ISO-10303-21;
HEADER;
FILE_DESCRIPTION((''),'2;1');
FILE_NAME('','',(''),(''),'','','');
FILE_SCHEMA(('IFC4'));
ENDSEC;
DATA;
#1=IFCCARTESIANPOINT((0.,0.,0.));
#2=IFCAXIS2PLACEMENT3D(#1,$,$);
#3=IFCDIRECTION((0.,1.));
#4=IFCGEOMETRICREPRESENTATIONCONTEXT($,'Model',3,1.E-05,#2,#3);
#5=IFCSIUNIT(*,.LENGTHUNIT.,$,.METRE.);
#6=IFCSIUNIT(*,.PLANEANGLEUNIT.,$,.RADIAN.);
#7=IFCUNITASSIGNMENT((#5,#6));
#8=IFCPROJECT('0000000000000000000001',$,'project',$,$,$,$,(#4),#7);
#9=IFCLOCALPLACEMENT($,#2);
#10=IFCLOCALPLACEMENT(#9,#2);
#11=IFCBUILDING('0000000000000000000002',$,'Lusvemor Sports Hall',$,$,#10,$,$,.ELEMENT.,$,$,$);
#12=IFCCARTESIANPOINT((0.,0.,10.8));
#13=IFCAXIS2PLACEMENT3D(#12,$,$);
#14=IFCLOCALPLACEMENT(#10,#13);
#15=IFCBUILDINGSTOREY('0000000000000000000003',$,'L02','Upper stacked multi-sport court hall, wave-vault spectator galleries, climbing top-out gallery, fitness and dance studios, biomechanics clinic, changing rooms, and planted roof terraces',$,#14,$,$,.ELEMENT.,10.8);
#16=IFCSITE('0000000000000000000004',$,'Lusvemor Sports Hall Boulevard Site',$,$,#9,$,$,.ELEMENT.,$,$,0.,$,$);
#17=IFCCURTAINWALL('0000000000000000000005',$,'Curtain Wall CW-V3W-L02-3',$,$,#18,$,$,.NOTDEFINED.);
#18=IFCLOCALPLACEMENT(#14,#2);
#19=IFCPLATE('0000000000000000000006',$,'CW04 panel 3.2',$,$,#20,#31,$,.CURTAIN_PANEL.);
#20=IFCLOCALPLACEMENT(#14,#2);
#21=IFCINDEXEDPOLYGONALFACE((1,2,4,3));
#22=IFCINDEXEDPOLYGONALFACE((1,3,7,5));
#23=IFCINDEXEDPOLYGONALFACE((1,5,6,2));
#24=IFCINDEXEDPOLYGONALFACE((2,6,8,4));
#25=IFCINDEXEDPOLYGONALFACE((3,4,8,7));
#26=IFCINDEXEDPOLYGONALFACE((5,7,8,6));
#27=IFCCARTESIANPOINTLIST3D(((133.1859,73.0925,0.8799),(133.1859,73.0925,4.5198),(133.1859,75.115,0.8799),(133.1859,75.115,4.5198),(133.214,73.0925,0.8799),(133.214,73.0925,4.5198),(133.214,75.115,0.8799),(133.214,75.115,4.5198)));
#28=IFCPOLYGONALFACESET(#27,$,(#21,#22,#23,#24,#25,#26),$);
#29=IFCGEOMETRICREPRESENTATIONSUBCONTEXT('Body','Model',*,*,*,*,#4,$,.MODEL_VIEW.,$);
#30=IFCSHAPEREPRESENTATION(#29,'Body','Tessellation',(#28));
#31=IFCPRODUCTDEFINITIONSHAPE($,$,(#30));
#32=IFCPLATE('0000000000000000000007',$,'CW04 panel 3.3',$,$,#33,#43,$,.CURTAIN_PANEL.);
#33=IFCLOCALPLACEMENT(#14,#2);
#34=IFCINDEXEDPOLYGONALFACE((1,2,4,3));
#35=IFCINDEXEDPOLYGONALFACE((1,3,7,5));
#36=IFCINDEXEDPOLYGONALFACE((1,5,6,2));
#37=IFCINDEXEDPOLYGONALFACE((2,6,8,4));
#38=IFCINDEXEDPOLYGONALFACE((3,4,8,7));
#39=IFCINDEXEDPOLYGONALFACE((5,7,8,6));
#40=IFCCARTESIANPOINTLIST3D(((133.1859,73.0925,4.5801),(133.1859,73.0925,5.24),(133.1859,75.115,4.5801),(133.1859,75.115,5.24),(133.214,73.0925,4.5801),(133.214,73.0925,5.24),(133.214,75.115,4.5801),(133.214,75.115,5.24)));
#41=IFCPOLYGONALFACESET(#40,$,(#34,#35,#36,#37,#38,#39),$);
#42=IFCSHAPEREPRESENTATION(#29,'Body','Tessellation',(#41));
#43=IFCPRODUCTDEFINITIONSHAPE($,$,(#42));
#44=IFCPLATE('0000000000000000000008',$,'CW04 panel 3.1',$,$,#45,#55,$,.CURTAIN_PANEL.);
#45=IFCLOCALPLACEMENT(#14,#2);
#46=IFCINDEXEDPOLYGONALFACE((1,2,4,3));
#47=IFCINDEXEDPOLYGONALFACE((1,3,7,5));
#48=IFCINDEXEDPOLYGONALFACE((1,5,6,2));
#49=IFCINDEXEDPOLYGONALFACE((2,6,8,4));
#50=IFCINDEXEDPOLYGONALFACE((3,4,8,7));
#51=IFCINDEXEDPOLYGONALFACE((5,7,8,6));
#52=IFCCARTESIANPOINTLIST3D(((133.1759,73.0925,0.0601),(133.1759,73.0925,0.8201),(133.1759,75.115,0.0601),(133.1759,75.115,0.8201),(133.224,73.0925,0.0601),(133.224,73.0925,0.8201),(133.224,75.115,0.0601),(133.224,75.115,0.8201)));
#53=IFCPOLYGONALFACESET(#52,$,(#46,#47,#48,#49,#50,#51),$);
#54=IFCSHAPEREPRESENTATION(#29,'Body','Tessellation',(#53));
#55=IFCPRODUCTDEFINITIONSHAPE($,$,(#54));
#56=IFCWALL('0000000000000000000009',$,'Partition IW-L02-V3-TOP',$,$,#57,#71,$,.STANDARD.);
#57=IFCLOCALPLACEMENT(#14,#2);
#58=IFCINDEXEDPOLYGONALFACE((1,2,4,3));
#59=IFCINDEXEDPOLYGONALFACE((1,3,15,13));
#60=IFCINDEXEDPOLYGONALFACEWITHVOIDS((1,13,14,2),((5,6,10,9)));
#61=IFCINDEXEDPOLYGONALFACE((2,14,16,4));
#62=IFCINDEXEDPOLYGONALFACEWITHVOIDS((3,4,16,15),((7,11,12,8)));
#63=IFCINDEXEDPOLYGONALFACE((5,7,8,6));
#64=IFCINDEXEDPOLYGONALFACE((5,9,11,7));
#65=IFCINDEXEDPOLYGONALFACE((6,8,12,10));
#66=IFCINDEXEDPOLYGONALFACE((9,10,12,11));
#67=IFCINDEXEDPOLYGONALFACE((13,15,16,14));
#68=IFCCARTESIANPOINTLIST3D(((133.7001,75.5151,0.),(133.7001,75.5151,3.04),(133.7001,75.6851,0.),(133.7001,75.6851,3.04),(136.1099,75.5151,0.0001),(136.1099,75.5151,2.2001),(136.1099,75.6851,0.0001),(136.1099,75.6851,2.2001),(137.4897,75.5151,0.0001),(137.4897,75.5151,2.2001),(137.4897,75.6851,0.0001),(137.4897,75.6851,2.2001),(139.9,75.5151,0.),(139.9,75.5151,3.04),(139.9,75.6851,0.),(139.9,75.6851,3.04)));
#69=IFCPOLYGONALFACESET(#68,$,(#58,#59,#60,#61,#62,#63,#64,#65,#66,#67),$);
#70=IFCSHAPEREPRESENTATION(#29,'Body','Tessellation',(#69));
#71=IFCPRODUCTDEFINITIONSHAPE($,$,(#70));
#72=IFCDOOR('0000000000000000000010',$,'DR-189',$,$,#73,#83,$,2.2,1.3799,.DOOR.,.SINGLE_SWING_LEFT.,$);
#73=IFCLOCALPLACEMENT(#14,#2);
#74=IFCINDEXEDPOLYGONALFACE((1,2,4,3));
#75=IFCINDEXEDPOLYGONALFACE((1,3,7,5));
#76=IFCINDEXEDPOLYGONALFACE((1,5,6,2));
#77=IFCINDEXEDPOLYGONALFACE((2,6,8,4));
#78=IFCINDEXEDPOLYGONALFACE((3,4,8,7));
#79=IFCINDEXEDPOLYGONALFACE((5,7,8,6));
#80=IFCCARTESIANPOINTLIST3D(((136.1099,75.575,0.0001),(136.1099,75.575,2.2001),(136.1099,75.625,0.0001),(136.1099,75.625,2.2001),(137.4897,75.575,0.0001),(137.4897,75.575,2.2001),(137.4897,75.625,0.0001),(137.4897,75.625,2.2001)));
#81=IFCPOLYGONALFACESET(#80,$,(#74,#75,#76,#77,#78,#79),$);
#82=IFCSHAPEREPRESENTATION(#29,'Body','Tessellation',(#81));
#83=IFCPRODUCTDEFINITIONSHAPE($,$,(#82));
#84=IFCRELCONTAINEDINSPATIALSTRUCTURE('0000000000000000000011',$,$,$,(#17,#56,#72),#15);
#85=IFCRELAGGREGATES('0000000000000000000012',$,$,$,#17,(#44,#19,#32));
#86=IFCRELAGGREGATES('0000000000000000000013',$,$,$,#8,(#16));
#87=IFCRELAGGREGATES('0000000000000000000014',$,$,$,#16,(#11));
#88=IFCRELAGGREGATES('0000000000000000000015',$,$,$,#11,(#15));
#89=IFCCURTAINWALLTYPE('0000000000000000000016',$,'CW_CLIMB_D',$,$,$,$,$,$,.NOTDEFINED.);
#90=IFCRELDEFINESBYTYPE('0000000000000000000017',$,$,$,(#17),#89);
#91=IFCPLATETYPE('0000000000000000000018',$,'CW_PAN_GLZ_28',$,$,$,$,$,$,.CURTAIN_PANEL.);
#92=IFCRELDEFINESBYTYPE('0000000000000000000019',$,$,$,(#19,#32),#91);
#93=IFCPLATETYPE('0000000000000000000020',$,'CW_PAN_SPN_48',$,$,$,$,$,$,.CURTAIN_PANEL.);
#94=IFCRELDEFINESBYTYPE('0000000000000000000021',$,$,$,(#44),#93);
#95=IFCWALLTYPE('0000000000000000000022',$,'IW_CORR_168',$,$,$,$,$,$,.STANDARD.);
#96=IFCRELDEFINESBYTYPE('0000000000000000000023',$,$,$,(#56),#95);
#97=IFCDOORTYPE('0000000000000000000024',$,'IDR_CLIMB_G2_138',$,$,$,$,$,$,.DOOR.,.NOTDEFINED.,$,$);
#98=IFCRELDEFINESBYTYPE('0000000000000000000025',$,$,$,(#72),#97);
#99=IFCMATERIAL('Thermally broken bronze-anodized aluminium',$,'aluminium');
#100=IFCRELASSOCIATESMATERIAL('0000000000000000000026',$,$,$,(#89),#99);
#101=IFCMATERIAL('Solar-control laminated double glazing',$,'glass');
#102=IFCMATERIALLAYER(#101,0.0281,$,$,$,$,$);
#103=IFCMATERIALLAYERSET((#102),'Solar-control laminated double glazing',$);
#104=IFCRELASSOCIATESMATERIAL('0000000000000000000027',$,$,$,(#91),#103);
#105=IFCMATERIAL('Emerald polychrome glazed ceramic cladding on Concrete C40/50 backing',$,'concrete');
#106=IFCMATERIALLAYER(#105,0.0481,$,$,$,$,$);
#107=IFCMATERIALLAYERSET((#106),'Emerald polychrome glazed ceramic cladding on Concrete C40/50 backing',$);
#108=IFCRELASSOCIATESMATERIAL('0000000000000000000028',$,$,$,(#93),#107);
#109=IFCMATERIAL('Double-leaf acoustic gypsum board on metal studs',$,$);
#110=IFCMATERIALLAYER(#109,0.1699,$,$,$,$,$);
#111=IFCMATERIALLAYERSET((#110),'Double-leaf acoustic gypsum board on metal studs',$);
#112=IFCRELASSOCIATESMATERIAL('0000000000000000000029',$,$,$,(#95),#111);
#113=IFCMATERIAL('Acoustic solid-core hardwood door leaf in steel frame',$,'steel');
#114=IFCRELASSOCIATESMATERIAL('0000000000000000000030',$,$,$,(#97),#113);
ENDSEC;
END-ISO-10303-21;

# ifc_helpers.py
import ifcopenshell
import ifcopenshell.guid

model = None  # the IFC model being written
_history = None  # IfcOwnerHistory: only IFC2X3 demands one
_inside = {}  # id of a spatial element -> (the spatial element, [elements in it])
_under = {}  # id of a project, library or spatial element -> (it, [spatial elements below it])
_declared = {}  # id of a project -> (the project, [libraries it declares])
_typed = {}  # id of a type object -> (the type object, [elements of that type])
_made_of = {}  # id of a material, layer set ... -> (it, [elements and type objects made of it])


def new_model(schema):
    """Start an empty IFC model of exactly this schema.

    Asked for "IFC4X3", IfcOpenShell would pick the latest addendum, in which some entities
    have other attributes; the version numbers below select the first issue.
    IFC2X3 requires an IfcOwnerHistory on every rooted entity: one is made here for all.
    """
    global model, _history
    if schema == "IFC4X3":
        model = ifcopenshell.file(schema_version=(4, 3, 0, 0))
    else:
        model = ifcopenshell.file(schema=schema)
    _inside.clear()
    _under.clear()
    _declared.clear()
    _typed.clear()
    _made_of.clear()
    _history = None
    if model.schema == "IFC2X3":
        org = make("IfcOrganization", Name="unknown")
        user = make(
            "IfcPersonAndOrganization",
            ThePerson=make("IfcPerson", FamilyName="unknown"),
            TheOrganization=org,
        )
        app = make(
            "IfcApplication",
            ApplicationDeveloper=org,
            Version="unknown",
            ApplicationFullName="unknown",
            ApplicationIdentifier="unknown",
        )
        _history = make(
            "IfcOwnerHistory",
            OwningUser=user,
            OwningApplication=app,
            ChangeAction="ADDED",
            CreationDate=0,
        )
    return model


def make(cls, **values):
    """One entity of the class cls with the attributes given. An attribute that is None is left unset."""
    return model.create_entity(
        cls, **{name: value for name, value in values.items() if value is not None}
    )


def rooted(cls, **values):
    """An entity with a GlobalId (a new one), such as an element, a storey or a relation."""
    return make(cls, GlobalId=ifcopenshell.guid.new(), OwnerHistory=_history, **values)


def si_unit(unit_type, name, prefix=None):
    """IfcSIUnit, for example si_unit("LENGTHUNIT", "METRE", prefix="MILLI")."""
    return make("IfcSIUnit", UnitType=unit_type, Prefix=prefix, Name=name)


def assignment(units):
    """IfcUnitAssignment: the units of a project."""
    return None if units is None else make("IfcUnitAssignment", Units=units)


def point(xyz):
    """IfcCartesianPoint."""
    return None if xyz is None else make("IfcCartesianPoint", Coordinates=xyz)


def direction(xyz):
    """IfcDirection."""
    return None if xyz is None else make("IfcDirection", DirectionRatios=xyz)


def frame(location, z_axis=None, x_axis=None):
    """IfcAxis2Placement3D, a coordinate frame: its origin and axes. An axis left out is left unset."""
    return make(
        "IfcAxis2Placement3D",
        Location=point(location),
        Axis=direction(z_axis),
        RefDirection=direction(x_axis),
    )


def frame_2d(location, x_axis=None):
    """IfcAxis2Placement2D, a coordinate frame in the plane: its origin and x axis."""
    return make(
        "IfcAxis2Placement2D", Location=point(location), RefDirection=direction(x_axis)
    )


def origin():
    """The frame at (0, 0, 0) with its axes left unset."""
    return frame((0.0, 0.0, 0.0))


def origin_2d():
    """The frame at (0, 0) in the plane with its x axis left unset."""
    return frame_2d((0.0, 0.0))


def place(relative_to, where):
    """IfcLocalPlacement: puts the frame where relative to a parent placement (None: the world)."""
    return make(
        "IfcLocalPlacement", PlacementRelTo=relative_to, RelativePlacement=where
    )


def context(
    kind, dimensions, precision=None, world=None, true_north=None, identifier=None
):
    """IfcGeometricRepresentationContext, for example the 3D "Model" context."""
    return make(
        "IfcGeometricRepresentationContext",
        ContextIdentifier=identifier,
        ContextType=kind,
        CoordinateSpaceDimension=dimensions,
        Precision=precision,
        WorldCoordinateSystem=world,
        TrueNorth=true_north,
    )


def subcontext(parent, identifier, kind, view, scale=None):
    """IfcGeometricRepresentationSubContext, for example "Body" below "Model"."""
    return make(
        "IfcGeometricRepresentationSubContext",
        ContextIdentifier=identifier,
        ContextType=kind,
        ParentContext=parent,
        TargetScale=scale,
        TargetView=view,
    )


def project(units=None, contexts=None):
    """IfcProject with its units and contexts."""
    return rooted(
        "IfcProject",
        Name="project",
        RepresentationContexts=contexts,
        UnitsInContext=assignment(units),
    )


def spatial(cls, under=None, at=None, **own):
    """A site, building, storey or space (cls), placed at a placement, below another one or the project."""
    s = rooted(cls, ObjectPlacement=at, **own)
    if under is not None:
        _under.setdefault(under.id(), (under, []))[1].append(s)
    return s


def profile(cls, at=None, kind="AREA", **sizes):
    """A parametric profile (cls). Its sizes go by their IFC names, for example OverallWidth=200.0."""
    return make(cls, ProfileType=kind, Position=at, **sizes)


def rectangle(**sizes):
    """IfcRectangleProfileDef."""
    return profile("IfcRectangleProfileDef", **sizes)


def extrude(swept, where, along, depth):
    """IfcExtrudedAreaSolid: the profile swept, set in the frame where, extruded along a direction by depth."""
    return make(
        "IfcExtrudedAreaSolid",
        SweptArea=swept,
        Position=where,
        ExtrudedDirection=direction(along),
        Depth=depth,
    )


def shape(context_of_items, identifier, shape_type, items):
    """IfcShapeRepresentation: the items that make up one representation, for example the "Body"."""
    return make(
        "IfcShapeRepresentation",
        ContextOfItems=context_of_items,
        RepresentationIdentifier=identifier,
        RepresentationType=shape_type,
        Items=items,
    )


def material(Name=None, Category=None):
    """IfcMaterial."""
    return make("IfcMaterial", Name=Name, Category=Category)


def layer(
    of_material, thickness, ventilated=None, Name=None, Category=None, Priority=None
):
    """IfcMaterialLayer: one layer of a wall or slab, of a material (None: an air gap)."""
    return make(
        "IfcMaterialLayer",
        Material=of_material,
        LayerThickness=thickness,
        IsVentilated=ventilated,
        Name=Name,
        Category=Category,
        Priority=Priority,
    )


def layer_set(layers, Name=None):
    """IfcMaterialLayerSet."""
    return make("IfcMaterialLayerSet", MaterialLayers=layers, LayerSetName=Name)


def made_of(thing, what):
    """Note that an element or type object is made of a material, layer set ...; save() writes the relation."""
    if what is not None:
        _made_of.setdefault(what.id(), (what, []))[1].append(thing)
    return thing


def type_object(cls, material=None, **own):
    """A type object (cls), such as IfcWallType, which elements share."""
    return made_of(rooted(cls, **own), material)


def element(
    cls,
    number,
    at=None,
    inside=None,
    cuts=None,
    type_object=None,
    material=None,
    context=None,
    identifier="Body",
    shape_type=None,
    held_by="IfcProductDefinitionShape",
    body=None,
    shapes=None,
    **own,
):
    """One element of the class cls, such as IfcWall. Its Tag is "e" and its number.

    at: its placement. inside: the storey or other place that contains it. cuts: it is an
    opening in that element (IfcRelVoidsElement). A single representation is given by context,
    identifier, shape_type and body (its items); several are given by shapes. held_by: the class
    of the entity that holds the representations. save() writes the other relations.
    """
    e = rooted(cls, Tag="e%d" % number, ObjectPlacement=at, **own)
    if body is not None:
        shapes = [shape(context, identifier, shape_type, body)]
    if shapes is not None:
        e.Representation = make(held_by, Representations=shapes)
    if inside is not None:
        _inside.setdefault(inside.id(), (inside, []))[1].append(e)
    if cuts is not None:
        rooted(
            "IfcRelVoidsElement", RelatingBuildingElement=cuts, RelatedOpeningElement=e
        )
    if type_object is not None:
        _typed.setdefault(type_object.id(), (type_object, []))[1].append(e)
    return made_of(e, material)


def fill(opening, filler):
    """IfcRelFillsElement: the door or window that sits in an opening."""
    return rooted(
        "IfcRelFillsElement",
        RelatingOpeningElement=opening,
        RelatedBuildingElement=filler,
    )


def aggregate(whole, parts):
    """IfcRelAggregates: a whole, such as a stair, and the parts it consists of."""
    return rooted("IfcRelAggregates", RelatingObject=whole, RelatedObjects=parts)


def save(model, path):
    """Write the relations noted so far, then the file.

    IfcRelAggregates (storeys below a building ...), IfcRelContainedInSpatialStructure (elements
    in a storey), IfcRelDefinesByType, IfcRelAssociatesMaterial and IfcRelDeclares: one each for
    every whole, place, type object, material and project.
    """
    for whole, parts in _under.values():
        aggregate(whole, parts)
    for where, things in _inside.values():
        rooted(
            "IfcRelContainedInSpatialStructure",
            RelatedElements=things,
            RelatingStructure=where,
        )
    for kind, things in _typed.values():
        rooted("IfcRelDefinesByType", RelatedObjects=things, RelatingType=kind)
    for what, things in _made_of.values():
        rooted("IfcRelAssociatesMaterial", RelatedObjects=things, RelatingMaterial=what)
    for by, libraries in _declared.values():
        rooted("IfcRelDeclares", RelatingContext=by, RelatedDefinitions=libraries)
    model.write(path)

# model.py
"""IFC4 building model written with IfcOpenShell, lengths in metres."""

from ifc_helpers import new_model, si_unit, direction, frame, frame_2d, origin, origin_2d, place, context, subcontext, project, spatial, rectangle, extrude, material, layer, layer_set, type_object, element, fill, aggregate, save


model = new_model("IFC4")

# Units and contexts
model_context = context("Model", 3, precision=1e-05, world=origin(), true_north=direction((0.0, 1.0)))
body_context = subcontext(model_context, "Body", "Model", "MODEL_VIEW")
ifc_project = project(units=[si_unit("LENGTHUNIT", "METRE"), si_unit("PLANEANGLEUNIT", "RADIAN")], contexts=[model_context])

# Site, building, storey
site_placement = place(None, origin())
site = spatial("IfcSite", under=ifc_project, at=site_placement, Name="Lusvemor Sports Hall Boulevard Site", CompositionType="ELEMENT", RefElevation=0.0)
building_placement = place(site_placement, origin())
building = spatial("IfcBuilding", under=site, at=building_placement, Name="Lusvemor Sports Hall", CompositionType="ELEMENT")
storey_placement = place(building_placement, frame((0.0, 0.0, 10.8)))
storey = spatial("IfcBuildingStorey", under=building, at=storey_placement, Name="L02", Description="Upper stacked multi-sport court hall, wave-vault spectator galleries, climbing top-out gallery, fitness and dance studios, biomechanics clinic, changing rooms, and planted roof terraces", CompositionType="ELEMENT", Elevation=10.8)

# Curtain wall
ifc_material_1 = material(Name="Thermally broken bronze-anodized aluminium", Category="aluminium")
curtain_wall_type = type_object("IfcCurtainWallType", Name="CW_CLIMB_D", PredefinedType="NOTDEFINED", material=ifc_material_1)
curtain_wall_placement = place(storey_placement, origin())
curtain_wall = element("IfcCurtainWall", 1, at=curtain_wall_placement, inside=storey, type_object=curtain_wall_type, Name="Curtain Wall CW-V3W-L02-3", PredefinedType="NOTDEFINED")

# Plates
ifc_material_2 = material(Name="Solar-control laminated double glazing", Category="glass")
ifc_layer_1 = layer(ifc_material_2, 0.0281)
ifc_layer_set_1 = layer_set([ifc_layer_1], Name="Solar-control laminated double glazing")
plate_type_1 = type_object("IfcPlateType", Name="CW_PAN_GLZ_28", PredefinedType="CURTAIN_PANEL", material=ifc_layer_set_1)
plate_1_placement = place(storey_placement, frame((133.2, 74.1038, 0.8799), z_axis=(0.0, 0.0, 1.0), x_axis=(0.0, 1.0, 0.0)))
plate_1 = element("IfcPlate", 2, at=plate_1_placement, type_object=plate_type_1, Name="CW04 panel 3.2", PredefinedType="CURTAIN_PANEL", context=body_context, shape_type="SweptSolid", body=[
    extrude(rectangle(XDim=2.0225, YDim=0.0281, at=origin_2d()), origin(), (0.0, 0.0, 1.0), 3.6399),
])
plate_2_placement = place(storey_placement, frame((133.2, 74.1038, 4.5801), z_axis=(0.0, 0.0, 1.0), x_axis=(0.0, 1.0, 0.0)))
plate_2 = element("IfcPlate", 3, at=plate_2_placement, type_object=plate_type_1, Name="CW04 panel 3.3", PredefinedType="CURTAIN_PANEL", context=body_context, shape_type="SweptSolid", body=[
    extrude(rectangle(XDim=2.0225, YDim=0.0281, at=origin_2d()), origin(), (0.0, 0.0, 1.0), 0.6599),
])
ifc_material_3 = material(Name="Emerald polychrome glazed ceramic cladding on Concrete C40/50 backing", Category="concrete")
ifc_layer_2 = layer(ifc_material_3, 0.0481)
ifc_layer_set_2 = layer_set([ifc_layer_2], Name="Emerald polychrome glazed ceramic cladding on Concrete C40/50 backing")
plate_type_2 = type_object("IfcPlateType", Name="CW_PAN_SPN_48", PredefinedType="CURTAIN_PANEL", material=ifc_layer_set_2)
plate_3_placement = place(storey_placement, frame((133.2, 74.1038, 0.0601), z_axis=(0.0, 0.0, 1.0), x_axis=(0.0, 1.0, 0.0)))
plate_3 = element("IfcPlate", 4, at=plate_3_placement, type_object=plate_type_2, Name="CW04 panel 3.1", PredefinedType="CURTAIN_PANEL", context=body_context, shape_type="SweptSolid", body=[
    extrude(rectangle(XDim=2.0225, YDim=0.0481, at=origin_2d()), origin(), (0.0, 0.0, 1.0), 0.76),
])
aggregate(curtain_wall, [plate_3, plate_1, plate_2])

# Wall, opening, door
ifc_material_4 = material(Name="Double-leaf acoustic gypsum board on metal studs")
ifc_layer_3 = layer(ifc_material_4, 0.1699)
ifc_layer_set_3 = layer_set([ifc_layer_3], Name="Double-leaf acoustic gypsum board on metal studs")
wall_type = type_object("IfcWallType", Name="IW_CORR_168", PredefinedType="STANDARD", material=ifc_layer_set_3)
wall_placement = place(storey_placement, frame((133.7, 75.6001, 0.0), z_axis=(0.0, 0.0, 1.0), x_axis=(1.0, 0.0, 0.0)))
wall = element("IfcWall", 5, at=wall_placement, inside=storey, type_object=wall_type, Name="Partition IW-L02-V3-TOP", PredefinedType="STANDARD", context=body_context, shape_type="SweptSolid", body=[
    extrude(rectangle(XDim=6.2, YDim=0.1699, at=frame_2d((3.1001, 0.0))), origin(), (0.0, 0.0, 1.0), 3.04),
])
opening_placement = place(wall_placement, frame((2.4099, 0.0, 0.0)))
opening = element("IfcOpeningElement", 6, at=opening_placement, cuts=wall, PredefinedType="OPENING", context=body_context, shape_type="SweptSolid", body=[
    extrude(rectangle(XDim=1.3799, YDim=2.2, at=frame_2d((0.6899, 1.1001))), frame((0.0, 0.085, 0.0), z_axis=(0.0, -1.0, 0.0), x_axis=(1.0, 0.0, 0.0)), (0.0, 0.0, 1.0), 0.1699),
])
ifc_material_5 = material(Name="Acoustic solid-core hardwood door leaf in steel frame", Category="steel")
door_type = type_object("IfcDoorType", Name="IDR_CLIMB_G2_138", OperationType="NOTDEFINED", PredefinedType="DOOR", material=ifc_material_5)
door_placement = place(opening_placement, origin())
door = element("IfcDoor", 7, at=door_placement, inside=storey, type_object=door_type, Name="DR-189", OperationType="SINGLE_SWING_LEFT", OverallHeight=2.2, OverallWidth=1.3799, PredefinedType="DOOR", context=body_context, shape_type="SweptSolid", body=[
    extrude(rectangle(XDim=1.3799, YDim=2.2, at=frame_2d((0.6899, 1.1001))), frame((0.0, 0.0249, 0.0), z_axis=(0.0, -1.0, 0.0), x_axis=(1.0, 0.0, 0.0)), (0.0, 0.0, 1.0), 0.05),
])
fill(opening, door)

save(model, "model.ifc")
